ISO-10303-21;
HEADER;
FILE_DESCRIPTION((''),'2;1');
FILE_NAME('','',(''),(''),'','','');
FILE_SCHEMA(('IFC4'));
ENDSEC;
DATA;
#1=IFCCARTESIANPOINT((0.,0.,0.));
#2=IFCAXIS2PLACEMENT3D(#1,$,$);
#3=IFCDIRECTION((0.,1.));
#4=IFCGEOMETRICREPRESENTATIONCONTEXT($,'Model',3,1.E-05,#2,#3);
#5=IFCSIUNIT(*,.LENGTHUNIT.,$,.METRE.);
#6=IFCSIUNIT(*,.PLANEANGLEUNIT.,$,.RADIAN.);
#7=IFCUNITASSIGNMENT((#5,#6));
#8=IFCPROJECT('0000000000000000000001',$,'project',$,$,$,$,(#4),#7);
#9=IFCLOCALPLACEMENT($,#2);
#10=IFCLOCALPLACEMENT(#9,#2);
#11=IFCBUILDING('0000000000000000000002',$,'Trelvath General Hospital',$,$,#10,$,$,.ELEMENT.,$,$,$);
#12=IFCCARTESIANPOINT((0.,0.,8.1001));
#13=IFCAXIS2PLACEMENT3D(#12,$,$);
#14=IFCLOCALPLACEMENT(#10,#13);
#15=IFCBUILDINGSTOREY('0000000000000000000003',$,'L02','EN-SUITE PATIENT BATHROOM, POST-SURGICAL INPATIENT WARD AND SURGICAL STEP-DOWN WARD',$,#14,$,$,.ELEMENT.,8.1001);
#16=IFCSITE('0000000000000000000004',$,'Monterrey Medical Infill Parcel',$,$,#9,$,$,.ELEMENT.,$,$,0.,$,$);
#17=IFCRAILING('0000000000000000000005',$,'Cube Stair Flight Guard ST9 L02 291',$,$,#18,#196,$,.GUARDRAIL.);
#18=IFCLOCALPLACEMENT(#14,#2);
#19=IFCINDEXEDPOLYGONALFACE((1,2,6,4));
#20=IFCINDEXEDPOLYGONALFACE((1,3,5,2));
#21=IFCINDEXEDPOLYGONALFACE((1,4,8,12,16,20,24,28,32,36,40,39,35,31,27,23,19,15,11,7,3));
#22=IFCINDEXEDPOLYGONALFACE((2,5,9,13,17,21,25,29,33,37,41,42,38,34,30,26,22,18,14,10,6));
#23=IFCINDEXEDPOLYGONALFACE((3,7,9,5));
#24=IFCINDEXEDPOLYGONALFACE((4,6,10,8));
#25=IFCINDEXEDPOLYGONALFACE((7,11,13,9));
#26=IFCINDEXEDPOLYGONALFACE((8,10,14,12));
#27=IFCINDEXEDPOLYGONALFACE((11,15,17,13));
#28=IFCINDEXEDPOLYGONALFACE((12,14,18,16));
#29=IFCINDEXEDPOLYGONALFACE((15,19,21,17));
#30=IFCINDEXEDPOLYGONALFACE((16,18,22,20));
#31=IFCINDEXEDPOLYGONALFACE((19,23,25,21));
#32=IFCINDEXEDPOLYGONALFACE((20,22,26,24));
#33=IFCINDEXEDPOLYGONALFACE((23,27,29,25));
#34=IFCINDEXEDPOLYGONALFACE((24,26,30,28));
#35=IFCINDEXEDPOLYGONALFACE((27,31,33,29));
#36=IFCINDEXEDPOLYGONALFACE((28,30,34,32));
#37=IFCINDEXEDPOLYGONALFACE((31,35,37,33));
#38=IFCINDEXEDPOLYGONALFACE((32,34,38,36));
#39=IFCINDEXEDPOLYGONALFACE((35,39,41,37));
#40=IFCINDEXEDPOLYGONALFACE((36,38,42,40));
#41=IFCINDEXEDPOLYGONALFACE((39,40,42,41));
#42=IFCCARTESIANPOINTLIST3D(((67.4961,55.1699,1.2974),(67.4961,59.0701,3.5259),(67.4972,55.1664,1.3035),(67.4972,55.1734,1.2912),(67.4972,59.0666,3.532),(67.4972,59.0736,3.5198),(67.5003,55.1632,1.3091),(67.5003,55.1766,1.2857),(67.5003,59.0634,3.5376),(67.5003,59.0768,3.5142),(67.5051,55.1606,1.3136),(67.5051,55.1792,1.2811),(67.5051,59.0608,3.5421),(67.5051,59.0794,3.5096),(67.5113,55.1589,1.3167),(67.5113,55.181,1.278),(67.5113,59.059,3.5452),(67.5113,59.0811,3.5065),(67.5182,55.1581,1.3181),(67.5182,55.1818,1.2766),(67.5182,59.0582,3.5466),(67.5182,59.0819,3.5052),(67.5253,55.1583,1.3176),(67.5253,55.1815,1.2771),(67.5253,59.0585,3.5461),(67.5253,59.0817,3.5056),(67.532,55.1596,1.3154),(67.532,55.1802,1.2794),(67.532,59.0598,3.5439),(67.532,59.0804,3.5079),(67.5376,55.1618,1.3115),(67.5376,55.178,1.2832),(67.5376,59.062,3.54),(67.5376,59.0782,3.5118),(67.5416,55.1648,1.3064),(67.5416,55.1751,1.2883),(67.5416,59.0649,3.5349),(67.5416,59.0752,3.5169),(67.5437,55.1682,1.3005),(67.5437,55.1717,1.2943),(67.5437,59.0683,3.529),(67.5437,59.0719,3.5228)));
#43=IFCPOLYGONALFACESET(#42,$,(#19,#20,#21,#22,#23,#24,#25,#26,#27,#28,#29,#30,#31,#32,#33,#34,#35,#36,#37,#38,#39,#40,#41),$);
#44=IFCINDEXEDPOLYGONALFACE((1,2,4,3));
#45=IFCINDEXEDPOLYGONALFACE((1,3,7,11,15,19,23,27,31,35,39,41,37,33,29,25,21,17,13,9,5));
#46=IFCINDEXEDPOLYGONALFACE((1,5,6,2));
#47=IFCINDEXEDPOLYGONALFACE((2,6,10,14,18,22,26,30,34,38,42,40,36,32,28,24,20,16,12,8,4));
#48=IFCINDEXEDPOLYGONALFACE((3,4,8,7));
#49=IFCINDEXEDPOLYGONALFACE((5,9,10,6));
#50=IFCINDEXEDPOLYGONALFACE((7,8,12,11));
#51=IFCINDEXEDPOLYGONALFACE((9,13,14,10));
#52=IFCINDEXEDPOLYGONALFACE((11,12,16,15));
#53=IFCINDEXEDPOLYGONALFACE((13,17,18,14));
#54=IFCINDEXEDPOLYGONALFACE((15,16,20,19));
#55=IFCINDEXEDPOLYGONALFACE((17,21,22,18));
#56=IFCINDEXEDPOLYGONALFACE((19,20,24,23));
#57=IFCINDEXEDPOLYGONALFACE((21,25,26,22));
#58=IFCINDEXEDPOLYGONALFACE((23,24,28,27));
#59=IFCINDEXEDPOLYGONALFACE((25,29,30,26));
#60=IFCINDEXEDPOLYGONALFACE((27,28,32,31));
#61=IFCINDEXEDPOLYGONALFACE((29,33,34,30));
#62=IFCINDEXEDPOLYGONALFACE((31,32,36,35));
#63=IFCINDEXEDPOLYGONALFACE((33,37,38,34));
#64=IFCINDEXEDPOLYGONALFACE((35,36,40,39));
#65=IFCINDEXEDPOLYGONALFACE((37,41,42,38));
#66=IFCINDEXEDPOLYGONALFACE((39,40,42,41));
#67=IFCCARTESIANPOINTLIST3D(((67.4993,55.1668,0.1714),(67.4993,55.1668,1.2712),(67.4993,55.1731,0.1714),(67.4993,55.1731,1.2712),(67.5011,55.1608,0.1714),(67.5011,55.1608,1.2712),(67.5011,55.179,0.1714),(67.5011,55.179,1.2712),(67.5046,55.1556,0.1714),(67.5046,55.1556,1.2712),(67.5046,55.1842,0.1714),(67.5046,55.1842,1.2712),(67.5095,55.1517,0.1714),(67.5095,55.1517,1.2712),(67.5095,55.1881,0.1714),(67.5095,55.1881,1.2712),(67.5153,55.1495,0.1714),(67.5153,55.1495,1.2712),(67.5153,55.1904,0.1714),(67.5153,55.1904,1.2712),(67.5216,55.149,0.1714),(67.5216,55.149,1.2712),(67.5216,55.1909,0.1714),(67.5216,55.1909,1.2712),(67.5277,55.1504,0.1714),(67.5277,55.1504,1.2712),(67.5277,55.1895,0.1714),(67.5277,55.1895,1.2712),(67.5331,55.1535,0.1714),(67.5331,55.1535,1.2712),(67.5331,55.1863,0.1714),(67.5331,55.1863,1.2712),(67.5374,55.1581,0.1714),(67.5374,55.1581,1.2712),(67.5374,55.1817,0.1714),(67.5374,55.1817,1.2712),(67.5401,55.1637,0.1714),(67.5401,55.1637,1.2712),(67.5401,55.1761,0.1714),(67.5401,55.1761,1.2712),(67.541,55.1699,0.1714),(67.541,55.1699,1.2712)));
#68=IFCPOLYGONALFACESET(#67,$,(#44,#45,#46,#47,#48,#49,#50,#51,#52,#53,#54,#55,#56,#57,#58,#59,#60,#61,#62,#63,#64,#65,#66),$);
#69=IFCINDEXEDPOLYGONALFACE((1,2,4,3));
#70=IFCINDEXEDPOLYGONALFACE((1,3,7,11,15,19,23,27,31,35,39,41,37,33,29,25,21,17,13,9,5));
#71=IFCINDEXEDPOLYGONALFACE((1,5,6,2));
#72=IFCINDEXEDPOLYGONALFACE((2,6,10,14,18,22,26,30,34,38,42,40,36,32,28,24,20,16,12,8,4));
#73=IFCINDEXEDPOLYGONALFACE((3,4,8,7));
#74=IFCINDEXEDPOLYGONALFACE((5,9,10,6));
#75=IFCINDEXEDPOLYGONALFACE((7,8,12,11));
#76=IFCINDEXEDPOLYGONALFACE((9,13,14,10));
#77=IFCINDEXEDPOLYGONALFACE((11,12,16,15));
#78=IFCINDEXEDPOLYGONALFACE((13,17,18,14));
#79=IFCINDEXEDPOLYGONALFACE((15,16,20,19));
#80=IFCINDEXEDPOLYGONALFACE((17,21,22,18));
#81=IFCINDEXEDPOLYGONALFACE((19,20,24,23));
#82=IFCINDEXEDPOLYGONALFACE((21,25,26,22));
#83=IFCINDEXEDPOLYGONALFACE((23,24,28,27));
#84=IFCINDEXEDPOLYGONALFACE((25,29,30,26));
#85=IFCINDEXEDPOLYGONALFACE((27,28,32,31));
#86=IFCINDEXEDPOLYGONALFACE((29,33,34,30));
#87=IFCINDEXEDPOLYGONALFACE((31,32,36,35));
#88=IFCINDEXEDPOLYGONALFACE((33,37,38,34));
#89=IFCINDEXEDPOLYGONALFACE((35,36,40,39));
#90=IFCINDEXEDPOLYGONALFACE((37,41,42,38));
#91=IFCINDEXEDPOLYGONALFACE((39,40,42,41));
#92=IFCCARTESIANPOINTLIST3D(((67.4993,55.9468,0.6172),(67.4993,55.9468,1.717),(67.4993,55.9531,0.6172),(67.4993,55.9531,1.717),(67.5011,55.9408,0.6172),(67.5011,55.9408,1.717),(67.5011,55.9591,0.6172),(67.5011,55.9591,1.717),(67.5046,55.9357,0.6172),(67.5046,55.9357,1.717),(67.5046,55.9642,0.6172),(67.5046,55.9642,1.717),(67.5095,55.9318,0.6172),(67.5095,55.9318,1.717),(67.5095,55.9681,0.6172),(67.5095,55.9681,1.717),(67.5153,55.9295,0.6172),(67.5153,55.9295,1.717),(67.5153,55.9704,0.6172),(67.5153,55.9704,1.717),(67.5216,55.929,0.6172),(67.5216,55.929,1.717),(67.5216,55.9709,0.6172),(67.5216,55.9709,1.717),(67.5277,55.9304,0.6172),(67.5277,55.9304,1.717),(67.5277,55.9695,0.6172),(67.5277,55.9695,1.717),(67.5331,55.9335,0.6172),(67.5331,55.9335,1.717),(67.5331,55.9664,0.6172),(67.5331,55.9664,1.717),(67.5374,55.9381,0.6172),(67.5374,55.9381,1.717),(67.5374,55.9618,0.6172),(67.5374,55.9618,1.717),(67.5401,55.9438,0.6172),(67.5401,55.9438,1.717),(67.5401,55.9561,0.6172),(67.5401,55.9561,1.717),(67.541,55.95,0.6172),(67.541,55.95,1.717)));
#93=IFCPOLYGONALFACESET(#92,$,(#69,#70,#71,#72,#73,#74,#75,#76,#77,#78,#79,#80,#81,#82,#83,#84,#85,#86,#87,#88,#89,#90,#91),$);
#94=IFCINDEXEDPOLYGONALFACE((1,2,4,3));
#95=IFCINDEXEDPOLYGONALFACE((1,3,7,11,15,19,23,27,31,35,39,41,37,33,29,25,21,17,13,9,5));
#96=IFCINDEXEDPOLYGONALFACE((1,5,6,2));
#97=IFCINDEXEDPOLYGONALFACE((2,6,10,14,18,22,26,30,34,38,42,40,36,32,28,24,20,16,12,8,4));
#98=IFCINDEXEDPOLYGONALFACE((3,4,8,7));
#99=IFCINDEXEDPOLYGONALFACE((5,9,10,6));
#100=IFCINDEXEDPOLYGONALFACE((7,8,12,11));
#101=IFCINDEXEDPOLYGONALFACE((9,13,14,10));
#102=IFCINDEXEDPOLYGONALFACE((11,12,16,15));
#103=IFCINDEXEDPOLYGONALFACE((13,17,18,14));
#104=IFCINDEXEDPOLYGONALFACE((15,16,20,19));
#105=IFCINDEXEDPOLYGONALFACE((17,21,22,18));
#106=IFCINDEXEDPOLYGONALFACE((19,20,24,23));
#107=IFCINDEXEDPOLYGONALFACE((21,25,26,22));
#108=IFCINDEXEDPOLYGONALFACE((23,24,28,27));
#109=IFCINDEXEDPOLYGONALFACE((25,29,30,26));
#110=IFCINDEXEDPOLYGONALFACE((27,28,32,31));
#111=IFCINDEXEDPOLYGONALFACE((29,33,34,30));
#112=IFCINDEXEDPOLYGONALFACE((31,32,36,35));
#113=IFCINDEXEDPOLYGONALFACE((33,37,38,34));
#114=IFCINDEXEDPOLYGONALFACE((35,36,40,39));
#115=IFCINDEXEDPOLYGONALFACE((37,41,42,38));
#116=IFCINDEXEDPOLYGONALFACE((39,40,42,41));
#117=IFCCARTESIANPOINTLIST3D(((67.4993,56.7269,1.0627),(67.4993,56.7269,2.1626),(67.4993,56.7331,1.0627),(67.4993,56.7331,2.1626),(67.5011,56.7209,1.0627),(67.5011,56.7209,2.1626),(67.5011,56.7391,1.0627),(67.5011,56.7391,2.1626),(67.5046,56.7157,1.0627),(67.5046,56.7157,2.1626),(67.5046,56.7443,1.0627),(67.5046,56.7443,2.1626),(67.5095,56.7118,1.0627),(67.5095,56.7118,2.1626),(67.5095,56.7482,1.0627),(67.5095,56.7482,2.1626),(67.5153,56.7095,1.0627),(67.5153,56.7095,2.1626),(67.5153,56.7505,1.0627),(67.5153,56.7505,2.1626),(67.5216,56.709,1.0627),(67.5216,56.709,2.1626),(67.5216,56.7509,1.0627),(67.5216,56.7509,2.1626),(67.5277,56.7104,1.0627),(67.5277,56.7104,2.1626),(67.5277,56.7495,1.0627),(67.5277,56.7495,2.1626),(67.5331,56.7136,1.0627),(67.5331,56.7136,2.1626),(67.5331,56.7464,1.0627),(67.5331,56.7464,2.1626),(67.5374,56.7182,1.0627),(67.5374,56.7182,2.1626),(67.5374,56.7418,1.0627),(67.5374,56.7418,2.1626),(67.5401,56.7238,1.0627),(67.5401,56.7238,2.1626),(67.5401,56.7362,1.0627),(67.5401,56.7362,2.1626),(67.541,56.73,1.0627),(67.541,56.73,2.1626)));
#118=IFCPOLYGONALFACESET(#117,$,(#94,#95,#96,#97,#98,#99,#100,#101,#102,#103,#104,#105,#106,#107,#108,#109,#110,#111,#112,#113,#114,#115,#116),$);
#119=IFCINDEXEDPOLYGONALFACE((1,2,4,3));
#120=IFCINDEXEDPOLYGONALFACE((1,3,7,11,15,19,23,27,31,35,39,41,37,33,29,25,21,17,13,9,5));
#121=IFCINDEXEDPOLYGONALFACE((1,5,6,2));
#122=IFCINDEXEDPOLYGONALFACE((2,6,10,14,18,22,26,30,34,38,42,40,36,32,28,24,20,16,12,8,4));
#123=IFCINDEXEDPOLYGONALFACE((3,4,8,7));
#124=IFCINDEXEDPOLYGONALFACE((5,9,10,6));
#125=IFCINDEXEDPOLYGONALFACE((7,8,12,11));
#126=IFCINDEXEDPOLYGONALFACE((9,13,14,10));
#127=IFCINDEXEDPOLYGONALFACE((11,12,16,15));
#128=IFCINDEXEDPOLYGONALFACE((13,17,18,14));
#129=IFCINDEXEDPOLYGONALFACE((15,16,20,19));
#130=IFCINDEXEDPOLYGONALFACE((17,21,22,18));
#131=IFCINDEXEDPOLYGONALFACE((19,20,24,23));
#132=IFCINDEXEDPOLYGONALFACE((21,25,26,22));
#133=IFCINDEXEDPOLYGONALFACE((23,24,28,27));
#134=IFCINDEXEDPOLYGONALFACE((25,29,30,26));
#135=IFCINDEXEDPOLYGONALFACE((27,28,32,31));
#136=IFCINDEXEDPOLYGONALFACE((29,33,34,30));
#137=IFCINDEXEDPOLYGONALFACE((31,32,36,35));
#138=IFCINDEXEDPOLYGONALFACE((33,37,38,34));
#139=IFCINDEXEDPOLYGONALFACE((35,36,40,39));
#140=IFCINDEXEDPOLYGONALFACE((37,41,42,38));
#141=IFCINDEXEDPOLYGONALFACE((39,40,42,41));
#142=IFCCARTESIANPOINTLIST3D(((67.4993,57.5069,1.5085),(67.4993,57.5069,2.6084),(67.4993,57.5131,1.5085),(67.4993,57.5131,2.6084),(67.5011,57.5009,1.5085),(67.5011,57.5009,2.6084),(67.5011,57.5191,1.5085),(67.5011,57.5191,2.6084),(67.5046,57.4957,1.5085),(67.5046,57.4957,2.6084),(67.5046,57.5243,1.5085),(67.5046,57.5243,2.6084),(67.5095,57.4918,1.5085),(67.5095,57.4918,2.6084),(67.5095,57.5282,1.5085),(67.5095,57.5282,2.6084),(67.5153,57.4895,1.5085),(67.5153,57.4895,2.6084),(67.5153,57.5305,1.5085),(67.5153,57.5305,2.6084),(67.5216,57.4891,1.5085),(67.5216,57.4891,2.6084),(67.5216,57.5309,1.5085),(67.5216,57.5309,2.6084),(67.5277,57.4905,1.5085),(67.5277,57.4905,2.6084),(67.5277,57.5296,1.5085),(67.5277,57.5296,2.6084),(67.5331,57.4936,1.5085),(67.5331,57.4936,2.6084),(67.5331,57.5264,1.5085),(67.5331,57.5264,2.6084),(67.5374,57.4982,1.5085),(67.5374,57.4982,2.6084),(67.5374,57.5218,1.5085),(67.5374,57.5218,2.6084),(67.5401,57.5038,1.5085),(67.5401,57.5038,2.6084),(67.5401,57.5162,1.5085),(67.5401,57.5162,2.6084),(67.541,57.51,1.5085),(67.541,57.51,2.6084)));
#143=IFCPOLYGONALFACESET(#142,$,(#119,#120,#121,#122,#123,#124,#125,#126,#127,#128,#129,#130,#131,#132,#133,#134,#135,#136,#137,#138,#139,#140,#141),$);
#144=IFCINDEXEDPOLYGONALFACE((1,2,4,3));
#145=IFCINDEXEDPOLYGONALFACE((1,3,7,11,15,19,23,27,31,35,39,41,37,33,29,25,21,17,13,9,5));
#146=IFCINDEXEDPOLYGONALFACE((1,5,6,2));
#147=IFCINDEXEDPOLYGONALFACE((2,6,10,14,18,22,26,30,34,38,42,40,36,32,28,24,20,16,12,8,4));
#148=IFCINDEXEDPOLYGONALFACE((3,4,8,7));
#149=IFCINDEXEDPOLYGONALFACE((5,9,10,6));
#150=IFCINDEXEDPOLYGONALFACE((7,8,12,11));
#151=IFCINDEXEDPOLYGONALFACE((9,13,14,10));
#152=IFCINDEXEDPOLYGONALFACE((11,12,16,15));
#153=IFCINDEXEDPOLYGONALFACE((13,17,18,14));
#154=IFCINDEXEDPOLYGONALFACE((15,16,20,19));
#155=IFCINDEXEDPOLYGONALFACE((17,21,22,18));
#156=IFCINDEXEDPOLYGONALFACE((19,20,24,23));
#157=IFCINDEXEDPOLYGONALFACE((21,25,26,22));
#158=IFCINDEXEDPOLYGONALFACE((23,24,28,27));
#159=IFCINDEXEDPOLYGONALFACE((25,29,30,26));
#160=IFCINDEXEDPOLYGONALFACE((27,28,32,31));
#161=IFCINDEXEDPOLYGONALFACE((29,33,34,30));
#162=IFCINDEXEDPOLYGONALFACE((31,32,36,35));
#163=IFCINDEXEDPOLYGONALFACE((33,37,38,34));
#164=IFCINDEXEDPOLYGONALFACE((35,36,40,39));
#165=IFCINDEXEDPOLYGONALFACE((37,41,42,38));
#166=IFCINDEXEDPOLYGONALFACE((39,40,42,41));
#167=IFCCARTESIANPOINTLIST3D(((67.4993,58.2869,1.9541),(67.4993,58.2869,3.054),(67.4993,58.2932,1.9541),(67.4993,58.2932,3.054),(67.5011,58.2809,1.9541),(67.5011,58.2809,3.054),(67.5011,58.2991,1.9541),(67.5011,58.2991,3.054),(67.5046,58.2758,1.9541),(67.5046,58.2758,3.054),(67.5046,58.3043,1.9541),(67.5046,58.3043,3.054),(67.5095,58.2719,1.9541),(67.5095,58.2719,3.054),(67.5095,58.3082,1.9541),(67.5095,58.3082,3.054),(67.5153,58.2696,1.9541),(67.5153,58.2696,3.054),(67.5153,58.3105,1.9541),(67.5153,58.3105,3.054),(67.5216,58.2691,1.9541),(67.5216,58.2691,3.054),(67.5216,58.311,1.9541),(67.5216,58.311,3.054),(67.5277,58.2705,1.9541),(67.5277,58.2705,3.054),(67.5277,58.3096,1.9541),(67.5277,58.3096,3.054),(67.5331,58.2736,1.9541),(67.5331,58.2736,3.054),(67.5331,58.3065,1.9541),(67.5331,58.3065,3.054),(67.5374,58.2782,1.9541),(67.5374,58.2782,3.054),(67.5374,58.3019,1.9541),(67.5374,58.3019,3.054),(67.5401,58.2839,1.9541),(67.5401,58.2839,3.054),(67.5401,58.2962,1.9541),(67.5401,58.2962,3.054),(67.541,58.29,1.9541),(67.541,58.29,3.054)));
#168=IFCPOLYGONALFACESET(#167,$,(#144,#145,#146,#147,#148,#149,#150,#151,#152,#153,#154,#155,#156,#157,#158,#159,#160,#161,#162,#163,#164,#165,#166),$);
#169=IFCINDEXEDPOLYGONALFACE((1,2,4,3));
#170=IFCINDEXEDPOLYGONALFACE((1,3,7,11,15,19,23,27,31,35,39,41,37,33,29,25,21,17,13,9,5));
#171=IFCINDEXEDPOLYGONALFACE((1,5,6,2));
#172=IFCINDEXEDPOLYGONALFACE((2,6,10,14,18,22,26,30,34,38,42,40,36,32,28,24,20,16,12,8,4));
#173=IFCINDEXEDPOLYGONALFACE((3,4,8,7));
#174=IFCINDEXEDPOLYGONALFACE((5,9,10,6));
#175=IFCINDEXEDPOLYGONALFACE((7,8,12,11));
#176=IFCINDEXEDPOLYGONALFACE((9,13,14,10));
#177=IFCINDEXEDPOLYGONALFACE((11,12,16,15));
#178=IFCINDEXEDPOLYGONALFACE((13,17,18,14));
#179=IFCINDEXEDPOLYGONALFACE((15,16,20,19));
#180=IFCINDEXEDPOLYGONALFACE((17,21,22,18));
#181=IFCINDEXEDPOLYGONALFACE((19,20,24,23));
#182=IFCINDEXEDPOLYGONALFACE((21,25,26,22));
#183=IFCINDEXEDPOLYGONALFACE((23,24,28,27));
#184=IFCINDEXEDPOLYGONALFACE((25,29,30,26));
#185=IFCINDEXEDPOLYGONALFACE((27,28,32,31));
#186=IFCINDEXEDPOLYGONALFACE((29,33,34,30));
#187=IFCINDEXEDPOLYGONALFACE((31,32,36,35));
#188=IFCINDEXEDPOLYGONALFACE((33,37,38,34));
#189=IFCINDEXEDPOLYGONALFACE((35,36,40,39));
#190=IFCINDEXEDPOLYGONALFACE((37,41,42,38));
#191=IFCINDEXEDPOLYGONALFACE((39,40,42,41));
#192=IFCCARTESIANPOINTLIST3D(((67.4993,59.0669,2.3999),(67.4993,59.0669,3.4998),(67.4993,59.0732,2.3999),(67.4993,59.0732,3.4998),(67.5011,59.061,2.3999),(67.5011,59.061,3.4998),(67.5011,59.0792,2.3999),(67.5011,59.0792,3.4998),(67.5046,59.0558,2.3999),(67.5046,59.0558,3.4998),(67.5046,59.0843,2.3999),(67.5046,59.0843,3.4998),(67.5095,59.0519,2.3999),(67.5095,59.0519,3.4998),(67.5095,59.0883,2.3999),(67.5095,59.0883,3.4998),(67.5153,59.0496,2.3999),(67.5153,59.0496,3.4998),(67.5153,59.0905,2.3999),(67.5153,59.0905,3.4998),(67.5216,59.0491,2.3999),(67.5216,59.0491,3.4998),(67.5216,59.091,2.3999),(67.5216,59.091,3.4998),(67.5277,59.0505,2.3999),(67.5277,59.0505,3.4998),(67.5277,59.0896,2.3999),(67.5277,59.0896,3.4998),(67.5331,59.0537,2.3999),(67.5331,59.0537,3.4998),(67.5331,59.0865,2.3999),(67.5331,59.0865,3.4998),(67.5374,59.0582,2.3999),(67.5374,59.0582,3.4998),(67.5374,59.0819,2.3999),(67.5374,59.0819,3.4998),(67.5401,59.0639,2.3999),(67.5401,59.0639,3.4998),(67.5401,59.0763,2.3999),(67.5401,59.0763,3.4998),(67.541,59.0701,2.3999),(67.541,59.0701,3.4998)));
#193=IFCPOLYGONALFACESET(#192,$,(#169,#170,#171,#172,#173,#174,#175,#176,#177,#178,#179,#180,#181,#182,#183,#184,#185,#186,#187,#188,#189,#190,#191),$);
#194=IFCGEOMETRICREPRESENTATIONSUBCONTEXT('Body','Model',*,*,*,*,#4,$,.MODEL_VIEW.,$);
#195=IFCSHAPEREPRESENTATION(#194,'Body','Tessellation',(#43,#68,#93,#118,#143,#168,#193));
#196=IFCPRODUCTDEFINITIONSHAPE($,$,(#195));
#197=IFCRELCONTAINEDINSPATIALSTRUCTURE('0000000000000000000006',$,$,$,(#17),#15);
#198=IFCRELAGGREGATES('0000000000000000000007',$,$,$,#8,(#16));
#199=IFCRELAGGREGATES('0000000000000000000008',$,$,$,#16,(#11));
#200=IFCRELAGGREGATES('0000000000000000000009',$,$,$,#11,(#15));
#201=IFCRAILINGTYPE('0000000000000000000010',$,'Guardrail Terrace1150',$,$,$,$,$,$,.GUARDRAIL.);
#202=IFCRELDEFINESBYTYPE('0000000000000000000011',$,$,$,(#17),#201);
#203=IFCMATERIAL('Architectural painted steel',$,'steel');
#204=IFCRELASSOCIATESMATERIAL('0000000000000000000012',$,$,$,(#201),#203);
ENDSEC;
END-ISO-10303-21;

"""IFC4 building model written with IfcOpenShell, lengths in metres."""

from ifc_helpers import new_model, si_unit, direction, frame, origin, origin_2d, place, context, subcontext, project, spatial, circle, extrude, material, type_object, element, save


model = new_model("IFC4")

# Units and contexts
model_context = context("Model", 3, precision=1e-05, world=origin(), true_north=direction((0.0, 1.0)))
body_context = subcontext(model_context, "Body", "Model", "MODEL_VIEW")
ifc_project = project(units=[si_unit("LENGTHUNIT", "METRE"), si_unit("PLANEANGLEUNIT", "RADIAN")], contexts=[model_context])

# Site, building, storey
site_placement = place(None, origin())
site = spatial("IfcSite", under=ifc_project, at=site_placement, Name="Monterrey Medical Infill Parcel", CompositionType="ELEMENT", RefElevation=0.0)
building_placement = place(site_placement, origin())
building = spatial("IfcBuilding", under=site, at=building_placement, Name="Trelvath General Hospital", CompositionType="ELEMENT")
storey_placement = place(building_placement, frame((0.0, 0.0, 8.1001)))
storey = spatial("IfcBuildingStorey", under=building, at=storey_placement, Name="L02", Description="EN-SUITE PATIENT BATHROOM, POST-SURGICAL INPATIENT WARD AND SURGICAL STEP-DOWN WARD", CompositionType="ELEMENT", Elevation=8.1001)

# Railing
ifc_material_1 = material(Name="Architectural painted steel", Category="steel")
railing_type = type_object("IfcRailingType", Name="Guardrail Terrace1150", PredefinedType="GUARDRAIL", material=ifc_material_1)
railing_1_placement = place(storey_placement, frame((67.52, 55.1699, 0.1714)))
element("IfcRailing", 1, at=railing_1_placement, inside=storey, type_object=railing_type, Name="Cube Stair Flight Guard ST9 L02 291", PredefinedType="GUARDRAIL", context=body_context, shape_type="SweptSolid", body=[
    extrude(circle(Radius=0.0239, at=origin_2d()), frame((0.0, 0.0, 1.126), z_axis=(0.0, 0.868257, 0.496116), x_axis=(-1.0, 0.0, 0.0)), (0.0, 0.0, 1.0), 4.4919),
    extrude(circle(Radius=0.021, at=origin_2d()), origin(), (0.0, 0.0, 1.0), 1.0999),
    extrude(circle(Radius=0.021, at=origin_2d()), frame((0.0, 0.78, 0.4458)), (0.0, 0.0, 1.0), 1.0999),
    extrude(circle(Radius=0.021, at=origin_2d()), frame((0.0, 1.5601, 0.8914)), (0.0, 0.0, 1.0), 1.0999),
    extrude(circle(Radius=0.021, at=origin_2d()), frame((0.0, 2.3401, 1.3372)), (0.0, 0.0, 1.0), 1.0999),
    extrude(circle(Radius=0.021, at=origin_2d()), frame((0.0, 3.1201, 1.7827)), (0.0, 0.0, 1.0), 1.0999),
    extrude(circle(Radius=0.021, at=origin_2d()), frame((0.0, 3.9001, 2.2285)), (0.0, 0.0, 1.0), 1.0999),
])

save(model, "model.ifc")
